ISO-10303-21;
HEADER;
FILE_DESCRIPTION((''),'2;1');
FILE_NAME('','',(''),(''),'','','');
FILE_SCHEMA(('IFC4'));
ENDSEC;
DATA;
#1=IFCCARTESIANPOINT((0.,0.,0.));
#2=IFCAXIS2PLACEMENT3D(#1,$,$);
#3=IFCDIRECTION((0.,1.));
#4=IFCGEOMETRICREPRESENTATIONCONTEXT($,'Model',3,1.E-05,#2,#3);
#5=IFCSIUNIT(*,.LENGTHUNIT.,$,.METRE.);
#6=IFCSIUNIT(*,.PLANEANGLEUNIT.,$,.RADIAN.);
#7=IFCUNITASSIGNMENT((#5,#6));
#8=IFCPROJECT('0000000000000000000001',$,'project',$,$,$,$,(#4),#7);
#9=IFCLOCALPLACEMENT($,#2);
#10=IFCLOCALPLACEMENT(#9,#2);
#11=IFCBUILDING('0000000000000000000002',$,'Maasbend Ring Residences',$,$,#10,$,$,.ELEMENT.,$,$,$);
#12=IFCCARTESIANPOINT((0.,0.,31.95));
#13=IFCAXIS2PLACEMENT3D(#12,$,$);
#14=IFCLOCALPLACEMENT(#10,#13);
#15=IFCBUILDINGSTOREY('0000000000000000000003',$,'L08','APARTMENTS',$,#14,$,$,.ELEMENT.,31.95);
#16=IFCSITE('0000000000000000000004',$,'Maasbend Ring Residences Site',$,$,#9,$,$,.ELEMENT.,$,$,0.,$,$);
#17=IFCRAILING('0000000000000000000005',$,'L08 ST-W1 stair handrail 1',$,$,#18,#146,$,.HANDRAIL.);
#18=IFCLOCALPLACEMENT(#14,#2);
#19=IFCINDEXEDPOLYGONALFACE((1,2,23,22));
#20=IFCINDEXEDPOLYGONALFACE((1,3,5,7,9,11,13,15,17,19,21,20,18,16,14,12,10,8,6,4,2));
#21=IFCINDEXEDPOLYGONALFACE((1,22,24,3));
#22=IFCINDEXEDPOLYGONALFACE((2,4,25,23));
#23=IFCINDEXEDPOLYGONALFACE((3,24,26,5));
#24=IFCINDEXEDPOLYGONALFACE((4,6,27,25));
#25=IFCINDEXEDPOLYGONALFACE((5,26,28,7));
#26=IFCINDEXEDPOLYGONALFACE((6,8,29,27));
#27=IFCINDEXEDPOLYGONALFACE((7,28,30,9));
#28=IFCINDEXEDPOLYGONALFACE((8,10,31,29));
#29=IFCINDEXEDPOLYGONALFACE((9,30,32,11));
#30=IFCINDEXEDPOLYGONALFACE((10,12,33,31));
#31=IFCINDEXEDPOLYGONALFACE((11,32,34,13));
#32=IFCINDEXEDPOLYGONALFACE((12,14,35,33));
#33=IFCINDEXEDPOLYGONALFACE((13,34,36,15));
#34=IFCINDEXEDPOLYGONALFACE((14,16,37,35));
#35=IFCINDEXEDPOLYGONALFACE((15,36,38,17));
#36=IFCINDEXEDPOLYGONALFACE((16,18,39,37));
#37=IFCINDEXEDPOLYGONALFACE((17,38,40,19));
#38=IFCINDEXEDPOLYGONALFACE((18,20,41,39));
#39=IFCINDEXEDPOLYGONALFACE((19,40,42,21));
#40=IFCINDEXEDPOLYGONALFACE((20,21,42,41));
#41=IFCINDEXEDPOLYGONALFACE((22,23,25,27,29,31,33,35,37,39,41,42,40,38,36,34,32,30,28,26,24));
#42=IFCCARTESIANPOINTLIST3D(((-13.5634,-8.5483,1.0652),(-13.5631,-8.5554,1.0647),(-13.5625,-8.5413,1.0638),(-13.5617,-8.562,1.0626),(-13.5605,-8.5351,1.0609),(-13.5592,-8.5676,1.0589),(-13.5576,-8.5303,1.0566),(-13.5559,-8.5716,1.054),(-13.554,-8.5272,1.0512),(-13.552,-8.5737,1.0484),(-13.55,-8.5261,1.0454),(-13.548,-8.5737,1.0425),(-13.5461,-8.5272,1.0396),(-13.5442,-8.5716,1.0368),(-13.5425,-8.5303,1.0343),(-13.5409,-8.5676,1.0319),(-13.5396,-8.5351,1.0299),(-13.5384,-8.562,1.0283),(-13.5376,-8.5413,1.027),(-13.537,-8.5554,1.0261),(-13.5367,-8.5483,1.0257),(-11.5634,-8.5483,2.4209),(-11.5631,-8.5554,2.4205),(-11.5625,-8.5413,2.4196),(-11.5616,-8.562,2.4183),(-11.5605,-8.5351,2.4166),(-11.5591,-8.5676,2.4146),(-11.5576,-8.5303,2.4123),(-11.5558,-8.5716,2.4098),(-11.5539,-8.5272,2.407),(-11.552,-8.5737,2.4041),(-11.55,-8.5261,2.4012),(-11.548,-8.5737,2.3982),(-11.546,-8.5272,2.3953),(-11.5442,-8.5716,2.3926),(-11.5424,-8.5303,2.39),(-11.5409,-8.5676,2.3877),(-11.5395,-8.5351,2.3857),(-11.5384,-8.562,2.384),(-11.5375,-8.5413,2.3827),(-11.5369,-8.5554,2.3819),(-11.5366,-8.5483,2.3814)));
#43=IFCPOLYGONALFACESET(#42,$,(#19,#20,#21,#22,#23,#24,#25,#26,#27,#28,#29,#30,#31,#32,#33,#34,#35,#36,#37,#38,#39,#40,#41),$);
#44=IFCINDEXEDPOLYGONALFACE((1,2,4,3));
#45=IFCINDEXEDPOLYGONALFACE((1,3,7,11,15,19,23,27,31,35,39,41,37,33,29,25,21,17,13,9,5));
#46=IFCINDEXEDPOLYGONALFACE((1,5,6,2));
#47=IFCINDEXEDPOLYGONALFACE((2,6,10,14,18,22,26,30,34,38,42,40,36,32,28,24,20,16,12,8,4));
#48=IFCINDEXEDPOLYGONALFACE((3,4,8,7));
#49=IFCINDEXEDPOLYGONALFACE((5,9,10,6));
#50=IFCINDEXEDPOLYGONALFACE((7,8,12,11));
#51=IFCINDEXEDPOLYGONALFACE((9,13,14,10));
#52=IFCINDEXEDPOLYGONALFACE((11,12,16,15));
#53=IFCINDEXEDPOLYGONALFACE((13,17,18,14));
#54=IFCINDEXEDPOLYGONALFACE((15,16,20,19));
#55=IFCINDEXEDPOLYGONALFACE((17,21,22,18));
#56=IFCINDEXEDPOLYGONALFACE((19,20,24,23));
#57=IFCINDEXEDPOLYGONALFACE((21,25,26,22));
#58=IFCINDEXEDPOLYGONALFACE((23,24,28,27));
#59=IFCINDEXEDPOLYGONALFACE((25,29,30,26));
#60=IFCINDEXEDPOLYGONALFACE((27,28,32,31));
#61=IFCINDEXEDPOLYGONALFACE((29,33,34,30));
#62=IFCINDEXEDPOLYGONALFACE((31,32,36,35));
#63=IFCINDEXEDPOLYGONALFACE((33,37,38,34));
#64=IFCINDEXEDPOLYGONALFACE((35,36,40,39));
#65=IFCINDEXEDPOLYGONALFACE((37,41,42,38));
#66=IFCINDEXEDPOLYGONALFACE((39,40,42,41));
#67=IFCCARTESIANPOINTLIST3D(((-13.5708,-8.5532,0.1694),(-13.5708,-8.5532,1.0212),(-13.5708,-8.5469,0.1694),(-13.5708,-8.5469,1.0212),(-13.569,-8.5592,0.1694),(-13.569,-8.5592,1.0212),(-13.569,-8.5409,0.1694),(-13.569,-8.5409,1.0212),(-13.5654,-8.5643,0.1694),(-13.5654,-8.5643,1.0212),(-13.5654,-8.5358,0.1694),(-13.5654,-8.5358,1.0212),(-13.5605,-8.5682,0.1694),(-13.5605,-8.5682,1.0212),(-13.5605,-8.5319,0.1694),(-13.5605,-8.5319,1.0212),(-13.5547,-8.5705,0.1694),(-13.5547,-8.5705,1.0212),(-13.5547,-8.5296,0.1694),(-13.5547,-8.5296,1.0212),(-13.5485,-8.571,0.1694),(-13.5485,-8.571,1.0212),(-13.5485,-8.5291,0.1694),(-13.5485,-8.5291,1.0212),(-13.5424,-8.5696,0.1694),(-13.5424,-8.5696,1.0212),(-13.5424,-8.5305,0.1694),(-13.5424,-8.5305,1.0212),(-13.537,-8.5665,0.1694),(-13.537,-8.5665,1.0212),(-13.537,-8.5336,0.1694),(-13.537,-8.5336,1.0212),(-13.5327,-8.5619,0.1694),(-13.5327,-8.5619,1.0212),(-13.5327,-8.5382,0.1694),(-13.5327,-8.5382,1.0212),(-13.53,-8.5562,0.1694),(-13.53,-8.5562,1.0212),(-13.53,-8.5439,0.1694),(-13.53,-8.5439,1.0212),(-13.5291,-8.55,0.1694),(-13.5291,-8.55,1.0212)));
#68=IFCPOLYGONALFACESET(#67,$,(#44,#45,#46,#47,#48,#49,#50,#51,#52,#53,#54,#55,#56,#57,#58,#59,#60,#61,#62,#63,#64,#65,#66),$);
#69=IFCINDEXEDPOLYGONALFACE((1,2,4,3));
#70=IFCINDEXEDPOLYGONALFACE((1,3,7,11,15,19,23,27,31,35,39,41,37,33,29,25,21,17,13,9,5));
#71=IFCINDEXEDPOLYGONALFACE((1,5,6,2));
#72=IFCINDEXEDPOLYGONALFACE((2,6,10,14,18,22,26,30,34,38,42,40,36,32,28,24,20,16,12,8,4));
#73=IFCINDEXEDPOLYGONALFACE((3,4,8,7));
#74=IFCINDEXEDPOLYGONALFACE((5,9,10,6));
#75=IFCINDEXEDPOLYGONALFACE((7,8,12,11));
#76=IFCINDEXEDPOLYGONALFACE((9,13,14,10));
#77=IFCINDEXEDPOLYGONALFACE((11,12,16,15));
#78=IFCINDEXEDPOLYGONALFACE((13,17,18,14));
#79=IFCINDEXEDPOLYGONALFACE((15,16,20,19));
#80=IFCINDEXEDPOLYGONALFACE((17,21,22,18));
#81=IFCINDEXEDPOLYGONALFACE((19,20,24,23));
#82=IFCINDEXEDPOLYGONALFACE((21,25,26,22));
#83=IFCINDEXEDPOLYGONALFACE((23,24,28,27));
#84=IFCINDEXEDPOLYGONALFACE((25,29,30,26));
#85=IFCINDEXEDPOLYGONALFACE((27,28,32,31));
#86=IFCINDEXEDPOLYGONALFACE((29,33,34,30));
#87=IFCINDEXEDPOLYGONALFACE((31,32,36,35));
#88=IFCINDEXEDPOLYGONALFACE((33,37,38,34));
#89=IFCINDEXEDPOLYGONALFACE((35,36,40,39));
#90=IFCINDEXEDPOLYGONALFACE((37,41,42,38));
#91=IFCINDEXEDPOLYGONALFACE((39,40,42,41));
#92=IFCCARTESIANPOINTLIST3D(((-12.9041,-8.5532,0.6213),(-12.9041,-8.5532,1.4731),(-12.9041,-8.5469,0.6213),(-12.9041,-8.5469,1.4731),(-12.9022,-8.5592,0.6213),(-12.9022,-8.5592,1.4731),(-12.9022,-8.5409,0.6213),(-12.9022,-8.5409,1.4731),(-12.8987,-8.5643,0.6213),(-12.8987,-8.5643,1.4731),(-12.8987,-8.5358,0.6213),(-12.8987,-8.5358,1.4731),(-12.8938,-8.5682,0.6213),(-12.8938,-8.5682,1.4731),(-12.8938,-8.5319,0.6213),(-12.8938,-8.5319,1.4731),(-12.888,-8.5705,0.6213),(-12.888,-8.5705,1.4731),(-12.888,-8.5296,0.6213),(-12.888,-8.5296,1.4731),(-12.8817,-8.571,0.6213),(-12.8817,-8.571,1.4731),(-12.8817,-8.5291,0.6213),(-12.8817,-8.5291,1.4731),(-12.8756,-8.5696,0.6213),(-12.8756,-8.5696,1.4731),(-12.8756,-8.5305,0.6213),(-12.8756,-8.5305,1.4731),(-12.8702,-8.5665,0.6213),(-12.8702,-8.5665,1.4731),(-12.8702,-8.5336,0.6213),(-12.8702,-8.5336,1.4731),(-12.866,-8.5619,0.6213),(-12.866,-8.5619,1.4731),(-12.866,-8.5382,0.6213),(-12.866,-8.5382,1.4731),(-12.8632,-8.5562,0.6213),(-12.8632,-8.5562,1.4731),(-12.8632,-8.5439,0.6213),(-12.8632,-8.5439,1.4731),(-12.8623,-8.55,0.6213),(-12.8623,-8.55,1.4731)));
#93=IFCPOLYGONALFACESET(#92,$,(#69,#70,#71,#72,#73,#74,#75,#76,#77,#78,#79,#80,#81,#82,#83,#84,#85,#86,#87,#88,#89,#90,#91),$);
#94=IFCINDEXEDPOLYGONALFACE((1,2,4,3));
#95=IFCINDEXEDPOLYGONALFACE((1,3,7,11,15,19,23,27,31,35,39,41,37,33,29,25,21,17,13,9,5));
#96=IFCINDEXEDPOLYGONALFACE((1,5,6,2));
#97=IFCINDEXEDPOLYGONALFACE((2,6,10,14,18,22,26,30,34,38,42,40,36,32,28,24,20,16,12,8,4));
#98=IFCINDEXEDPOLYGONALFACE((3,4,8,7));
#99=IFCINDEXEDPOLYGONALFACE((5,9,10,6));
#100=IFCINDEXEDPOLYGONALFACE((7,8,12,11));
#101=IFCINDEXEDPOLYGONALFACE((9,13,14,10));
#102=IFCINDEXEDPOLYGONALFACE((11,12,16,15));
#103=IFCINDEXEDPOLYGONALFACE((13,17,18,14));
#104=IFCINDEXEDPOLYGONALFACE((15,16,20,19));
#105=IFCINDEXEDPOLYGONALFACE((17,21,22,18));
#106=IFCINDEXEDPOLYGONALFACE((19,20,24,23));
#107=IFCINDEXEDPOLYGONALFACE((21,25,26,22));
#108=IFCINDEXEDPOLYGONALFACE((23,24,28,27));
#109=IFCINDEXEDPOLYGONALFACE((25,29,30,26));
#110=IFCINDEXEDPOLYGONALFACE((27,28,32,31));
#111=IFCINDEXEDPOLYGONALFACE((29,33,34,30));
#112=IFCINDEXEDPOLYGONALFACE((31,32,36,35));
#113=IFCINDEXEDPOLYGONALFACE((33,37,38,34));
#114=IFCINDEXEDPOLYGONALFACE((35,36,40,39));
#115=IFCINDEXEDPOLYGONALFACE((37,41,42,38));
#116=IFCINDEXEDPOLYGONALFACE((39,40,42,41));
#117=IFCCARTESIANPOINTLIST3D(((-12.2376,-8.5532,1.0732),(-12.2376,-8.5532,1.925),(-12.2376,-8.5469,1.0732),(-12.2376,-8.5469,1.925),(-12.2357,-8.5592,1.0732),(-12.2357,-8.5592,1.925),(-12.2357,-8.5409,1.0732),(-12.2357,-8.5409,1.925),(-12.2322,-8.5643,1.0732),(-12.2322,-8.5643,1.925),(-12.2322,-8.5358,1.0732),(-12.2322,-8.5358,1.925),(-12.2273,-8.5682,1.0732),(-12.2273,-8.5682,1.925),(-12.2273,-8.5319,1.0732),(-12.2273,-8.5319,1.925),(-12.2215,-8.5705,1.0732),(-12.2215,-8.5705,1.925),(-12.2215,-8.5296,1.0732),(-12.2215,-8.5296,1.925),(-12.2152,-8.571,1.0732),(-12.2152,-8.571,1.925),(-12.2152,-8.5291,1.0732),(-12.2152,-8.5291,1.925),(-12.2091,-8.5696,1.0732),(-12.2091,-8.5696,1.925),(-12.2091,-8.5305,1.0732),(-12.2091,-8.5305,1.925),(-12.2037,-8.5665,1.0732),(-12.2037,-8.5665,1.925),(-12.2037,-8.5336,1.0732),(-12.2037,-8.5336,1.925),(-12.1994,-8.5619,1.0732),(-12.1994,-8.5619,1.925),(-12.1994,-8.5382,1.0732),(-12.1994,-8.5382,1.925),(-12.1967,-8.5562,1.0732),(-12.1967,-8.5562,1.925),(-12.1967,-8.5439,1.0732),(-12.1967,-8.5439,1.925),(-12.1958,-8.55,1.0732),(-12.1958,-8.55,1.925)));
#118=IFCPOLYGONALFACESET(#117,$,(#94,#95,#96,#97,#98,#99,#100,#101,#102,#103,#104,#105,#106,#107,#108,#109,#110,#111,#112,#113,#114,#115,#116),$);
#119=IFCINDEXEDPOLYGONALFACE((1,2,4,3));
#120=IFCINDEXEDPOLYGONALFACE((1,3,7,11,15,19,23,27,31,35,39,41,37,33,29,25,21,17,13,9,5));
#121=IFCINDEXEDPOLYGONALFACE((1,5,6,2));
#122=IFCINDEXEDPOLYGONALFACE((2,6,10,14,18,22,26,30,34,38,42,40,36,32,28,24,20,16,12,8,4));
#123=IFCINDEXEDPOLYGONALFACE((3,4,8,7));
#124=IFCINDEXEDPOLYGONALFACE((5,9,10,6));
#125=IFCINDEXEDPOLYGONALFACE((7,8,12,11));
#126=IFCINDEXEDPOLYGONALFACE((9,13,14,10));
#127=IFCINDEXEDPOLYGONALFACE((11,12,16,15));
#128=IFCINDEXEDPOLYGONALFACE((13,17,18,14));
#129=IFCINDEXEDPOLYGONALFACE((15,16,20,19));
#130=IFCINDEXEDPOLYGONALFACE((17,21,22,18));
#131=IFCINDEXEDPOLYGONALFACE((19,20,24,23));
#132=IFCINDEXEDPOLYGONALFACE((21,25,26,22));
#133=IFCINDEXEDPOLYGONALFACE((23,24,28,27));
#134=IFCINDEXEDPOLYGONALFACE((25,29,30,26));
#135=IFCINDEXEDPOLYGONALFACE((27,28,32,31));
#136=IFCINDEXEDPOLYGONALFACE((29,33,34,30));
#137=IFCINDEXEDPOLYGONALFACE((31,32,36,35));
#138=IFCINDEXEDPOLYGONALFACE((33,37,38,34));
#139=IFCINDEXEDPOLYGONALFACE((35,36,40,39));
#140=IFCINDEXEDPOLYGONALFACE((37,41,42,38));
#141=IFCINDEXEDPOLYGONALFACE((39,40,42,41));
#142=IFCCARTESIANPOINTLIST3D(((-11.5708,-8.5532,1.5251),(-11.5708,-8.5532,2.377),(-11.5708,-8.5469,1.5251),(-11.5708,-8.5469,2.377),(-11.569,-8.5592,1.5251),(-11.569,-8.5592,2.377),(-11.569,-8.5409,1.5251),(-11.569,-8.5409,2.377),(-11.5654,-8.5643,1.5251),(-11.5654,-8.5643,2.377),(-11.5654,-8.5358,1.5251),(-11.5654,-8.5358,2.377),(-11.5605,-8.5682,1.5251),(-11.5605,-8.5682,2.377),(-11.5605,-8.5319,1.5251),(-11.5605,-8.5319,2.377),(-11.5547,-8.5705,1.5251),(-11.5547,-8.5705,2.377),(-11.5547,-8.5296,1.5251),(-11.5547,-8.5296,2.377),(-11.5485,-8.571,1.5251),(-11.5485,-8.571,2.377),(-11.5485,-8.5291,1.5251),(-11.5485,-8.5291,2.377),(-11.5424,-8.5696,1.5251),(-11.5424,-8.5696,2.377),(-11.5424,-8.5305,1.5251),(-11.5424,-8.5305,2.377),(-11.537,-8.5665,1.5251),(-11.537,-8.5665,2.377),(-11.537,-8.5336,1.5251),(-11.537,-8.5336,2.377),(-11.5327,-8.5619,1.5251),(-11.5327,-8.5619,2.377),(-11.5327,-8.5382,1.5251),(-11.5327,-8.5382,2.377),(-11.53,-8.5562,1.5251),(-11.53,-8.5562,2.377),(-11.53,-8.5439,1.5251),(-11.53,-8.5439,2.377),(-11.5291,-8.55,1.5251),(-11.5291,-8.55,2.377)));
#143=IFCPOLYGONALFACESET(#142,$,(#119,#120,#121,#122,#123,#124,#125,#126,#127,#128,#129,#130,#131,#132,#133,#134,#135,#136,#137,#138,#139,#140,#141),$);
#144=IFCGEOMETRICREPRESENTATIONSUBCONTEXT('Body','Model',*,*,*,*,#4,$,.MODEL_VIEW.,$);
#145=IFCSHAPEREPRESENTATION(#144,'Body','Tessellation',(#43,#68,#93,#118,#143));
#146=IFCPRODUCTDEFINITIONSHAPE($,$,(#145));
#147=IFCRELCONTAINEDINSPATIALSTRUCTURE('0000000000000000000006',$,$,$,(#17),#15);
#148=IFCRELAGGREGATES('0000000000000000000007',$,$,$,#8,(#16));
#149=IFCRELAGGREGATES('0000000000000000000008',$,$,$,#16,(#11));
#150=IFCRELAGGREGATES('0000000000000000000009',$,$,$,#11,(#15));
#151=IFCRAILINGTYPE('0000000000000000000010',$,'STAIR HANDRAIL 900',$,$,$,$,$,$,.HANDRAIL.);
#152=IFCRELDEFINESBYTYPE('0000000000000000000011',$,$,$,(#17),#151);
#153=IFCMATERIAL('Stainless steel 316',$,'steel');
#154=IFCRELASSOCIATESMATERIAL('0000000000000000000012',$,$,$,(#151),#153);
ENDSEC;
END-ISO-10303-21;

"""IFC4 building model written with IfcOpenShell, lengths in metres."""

from ifc_helpers import new_model, si_unit, direction, frame, origin, origin_2d, place, context, subcontext, project, spatial, circle, extrude, material, type_object, element, save


model = new_model("IFC4")

# Units and contexts
model_context = context("Model", 3, precision=1e-05, world=origin(), true_north=direction((0.0, 1.0)))
body_context = subcontext(model_context, "Body", "Model", "MODEL_VIEW")
ifc_project = project(units=[si_unit("LENGTHUNIT", "METRE"), si_unit("PLANEANGLEUNIT", "RADIAN")], contexts=[model_context])

# Site, building, storey
site_placement = place(None, origin())
site = spatial("IfcSite", under=ifc_project, at=site_placement, Name="Maasbend Ring Residences Site", CompositionType="ELEMENT", RefElevation=0.0)
building_placement = place(site_placement, origin())
building = spatial("IfcBuilding", under=site, at=building_placement, Name="Maasbend Ring Residences", CompositionType="ELEMENT")
storey_placement = place(building_placement, frame((0.0, 0.0, 31.95)))
storey = spatial("IfcBuildingStorey", under=building, at=storey_placement, Name="L08", Description="APARTMENTS", CompositionType="ELEMENT", Elevation=31.95)

# Railing
ifc_material_1 = material(Name="Stainless steel 316", Category="steel")
railing_type_1 = type_object("IfcRailingType", Name="STAIR HANDRAIL 900", PredefinedType="HANDRAIL", material=ifc_material_1)
railing_1_placement = place(storey_placement, frame((-13.55, -8.55, 0.1694)))
element("IfcRailing", 1, at=railing_1_placement, inside=storey, type_object=railing_type_1, Name="L08 ST-W1 stair handrail 1", PredefinedType="HANDRAIL", context=body_context, shape_type="SweptSolid", body=[
    extrude(circle(Radius=0.0239, at=origin_2d()), frame((0.0, 0.0, 0.876), z_axis=(0.827751, 0.0, 0.561096), x_axis=(0.0, 1.0, 0.0)), (0.0, 0.0, 1.0), 2.4163),
    extrude(circle(Radius=0.021, at=origin_2d()), origin(), (0.0, 0.0, 1.0), 0.8518),
    extrude(circle(Radius=0.021, at=origin_2d()), frame((0.6667, 0.0, 0.4519)), (0.0, 0.0, 1.0), 0.8518),
    extrude(circle(Radius=0.021, at=origin_2d()), frame((1.3333, 0.0, 0.9038)), (0.0, 0.0, 1.0), 0.8518),
    extrude(circle(Radius=0.021, at=origin_2d()), frame((2.0, 0.0, 1.3557)), (0.0, 0.0, 1.0), 0.8518),
])

save(model, "model.ifc")
